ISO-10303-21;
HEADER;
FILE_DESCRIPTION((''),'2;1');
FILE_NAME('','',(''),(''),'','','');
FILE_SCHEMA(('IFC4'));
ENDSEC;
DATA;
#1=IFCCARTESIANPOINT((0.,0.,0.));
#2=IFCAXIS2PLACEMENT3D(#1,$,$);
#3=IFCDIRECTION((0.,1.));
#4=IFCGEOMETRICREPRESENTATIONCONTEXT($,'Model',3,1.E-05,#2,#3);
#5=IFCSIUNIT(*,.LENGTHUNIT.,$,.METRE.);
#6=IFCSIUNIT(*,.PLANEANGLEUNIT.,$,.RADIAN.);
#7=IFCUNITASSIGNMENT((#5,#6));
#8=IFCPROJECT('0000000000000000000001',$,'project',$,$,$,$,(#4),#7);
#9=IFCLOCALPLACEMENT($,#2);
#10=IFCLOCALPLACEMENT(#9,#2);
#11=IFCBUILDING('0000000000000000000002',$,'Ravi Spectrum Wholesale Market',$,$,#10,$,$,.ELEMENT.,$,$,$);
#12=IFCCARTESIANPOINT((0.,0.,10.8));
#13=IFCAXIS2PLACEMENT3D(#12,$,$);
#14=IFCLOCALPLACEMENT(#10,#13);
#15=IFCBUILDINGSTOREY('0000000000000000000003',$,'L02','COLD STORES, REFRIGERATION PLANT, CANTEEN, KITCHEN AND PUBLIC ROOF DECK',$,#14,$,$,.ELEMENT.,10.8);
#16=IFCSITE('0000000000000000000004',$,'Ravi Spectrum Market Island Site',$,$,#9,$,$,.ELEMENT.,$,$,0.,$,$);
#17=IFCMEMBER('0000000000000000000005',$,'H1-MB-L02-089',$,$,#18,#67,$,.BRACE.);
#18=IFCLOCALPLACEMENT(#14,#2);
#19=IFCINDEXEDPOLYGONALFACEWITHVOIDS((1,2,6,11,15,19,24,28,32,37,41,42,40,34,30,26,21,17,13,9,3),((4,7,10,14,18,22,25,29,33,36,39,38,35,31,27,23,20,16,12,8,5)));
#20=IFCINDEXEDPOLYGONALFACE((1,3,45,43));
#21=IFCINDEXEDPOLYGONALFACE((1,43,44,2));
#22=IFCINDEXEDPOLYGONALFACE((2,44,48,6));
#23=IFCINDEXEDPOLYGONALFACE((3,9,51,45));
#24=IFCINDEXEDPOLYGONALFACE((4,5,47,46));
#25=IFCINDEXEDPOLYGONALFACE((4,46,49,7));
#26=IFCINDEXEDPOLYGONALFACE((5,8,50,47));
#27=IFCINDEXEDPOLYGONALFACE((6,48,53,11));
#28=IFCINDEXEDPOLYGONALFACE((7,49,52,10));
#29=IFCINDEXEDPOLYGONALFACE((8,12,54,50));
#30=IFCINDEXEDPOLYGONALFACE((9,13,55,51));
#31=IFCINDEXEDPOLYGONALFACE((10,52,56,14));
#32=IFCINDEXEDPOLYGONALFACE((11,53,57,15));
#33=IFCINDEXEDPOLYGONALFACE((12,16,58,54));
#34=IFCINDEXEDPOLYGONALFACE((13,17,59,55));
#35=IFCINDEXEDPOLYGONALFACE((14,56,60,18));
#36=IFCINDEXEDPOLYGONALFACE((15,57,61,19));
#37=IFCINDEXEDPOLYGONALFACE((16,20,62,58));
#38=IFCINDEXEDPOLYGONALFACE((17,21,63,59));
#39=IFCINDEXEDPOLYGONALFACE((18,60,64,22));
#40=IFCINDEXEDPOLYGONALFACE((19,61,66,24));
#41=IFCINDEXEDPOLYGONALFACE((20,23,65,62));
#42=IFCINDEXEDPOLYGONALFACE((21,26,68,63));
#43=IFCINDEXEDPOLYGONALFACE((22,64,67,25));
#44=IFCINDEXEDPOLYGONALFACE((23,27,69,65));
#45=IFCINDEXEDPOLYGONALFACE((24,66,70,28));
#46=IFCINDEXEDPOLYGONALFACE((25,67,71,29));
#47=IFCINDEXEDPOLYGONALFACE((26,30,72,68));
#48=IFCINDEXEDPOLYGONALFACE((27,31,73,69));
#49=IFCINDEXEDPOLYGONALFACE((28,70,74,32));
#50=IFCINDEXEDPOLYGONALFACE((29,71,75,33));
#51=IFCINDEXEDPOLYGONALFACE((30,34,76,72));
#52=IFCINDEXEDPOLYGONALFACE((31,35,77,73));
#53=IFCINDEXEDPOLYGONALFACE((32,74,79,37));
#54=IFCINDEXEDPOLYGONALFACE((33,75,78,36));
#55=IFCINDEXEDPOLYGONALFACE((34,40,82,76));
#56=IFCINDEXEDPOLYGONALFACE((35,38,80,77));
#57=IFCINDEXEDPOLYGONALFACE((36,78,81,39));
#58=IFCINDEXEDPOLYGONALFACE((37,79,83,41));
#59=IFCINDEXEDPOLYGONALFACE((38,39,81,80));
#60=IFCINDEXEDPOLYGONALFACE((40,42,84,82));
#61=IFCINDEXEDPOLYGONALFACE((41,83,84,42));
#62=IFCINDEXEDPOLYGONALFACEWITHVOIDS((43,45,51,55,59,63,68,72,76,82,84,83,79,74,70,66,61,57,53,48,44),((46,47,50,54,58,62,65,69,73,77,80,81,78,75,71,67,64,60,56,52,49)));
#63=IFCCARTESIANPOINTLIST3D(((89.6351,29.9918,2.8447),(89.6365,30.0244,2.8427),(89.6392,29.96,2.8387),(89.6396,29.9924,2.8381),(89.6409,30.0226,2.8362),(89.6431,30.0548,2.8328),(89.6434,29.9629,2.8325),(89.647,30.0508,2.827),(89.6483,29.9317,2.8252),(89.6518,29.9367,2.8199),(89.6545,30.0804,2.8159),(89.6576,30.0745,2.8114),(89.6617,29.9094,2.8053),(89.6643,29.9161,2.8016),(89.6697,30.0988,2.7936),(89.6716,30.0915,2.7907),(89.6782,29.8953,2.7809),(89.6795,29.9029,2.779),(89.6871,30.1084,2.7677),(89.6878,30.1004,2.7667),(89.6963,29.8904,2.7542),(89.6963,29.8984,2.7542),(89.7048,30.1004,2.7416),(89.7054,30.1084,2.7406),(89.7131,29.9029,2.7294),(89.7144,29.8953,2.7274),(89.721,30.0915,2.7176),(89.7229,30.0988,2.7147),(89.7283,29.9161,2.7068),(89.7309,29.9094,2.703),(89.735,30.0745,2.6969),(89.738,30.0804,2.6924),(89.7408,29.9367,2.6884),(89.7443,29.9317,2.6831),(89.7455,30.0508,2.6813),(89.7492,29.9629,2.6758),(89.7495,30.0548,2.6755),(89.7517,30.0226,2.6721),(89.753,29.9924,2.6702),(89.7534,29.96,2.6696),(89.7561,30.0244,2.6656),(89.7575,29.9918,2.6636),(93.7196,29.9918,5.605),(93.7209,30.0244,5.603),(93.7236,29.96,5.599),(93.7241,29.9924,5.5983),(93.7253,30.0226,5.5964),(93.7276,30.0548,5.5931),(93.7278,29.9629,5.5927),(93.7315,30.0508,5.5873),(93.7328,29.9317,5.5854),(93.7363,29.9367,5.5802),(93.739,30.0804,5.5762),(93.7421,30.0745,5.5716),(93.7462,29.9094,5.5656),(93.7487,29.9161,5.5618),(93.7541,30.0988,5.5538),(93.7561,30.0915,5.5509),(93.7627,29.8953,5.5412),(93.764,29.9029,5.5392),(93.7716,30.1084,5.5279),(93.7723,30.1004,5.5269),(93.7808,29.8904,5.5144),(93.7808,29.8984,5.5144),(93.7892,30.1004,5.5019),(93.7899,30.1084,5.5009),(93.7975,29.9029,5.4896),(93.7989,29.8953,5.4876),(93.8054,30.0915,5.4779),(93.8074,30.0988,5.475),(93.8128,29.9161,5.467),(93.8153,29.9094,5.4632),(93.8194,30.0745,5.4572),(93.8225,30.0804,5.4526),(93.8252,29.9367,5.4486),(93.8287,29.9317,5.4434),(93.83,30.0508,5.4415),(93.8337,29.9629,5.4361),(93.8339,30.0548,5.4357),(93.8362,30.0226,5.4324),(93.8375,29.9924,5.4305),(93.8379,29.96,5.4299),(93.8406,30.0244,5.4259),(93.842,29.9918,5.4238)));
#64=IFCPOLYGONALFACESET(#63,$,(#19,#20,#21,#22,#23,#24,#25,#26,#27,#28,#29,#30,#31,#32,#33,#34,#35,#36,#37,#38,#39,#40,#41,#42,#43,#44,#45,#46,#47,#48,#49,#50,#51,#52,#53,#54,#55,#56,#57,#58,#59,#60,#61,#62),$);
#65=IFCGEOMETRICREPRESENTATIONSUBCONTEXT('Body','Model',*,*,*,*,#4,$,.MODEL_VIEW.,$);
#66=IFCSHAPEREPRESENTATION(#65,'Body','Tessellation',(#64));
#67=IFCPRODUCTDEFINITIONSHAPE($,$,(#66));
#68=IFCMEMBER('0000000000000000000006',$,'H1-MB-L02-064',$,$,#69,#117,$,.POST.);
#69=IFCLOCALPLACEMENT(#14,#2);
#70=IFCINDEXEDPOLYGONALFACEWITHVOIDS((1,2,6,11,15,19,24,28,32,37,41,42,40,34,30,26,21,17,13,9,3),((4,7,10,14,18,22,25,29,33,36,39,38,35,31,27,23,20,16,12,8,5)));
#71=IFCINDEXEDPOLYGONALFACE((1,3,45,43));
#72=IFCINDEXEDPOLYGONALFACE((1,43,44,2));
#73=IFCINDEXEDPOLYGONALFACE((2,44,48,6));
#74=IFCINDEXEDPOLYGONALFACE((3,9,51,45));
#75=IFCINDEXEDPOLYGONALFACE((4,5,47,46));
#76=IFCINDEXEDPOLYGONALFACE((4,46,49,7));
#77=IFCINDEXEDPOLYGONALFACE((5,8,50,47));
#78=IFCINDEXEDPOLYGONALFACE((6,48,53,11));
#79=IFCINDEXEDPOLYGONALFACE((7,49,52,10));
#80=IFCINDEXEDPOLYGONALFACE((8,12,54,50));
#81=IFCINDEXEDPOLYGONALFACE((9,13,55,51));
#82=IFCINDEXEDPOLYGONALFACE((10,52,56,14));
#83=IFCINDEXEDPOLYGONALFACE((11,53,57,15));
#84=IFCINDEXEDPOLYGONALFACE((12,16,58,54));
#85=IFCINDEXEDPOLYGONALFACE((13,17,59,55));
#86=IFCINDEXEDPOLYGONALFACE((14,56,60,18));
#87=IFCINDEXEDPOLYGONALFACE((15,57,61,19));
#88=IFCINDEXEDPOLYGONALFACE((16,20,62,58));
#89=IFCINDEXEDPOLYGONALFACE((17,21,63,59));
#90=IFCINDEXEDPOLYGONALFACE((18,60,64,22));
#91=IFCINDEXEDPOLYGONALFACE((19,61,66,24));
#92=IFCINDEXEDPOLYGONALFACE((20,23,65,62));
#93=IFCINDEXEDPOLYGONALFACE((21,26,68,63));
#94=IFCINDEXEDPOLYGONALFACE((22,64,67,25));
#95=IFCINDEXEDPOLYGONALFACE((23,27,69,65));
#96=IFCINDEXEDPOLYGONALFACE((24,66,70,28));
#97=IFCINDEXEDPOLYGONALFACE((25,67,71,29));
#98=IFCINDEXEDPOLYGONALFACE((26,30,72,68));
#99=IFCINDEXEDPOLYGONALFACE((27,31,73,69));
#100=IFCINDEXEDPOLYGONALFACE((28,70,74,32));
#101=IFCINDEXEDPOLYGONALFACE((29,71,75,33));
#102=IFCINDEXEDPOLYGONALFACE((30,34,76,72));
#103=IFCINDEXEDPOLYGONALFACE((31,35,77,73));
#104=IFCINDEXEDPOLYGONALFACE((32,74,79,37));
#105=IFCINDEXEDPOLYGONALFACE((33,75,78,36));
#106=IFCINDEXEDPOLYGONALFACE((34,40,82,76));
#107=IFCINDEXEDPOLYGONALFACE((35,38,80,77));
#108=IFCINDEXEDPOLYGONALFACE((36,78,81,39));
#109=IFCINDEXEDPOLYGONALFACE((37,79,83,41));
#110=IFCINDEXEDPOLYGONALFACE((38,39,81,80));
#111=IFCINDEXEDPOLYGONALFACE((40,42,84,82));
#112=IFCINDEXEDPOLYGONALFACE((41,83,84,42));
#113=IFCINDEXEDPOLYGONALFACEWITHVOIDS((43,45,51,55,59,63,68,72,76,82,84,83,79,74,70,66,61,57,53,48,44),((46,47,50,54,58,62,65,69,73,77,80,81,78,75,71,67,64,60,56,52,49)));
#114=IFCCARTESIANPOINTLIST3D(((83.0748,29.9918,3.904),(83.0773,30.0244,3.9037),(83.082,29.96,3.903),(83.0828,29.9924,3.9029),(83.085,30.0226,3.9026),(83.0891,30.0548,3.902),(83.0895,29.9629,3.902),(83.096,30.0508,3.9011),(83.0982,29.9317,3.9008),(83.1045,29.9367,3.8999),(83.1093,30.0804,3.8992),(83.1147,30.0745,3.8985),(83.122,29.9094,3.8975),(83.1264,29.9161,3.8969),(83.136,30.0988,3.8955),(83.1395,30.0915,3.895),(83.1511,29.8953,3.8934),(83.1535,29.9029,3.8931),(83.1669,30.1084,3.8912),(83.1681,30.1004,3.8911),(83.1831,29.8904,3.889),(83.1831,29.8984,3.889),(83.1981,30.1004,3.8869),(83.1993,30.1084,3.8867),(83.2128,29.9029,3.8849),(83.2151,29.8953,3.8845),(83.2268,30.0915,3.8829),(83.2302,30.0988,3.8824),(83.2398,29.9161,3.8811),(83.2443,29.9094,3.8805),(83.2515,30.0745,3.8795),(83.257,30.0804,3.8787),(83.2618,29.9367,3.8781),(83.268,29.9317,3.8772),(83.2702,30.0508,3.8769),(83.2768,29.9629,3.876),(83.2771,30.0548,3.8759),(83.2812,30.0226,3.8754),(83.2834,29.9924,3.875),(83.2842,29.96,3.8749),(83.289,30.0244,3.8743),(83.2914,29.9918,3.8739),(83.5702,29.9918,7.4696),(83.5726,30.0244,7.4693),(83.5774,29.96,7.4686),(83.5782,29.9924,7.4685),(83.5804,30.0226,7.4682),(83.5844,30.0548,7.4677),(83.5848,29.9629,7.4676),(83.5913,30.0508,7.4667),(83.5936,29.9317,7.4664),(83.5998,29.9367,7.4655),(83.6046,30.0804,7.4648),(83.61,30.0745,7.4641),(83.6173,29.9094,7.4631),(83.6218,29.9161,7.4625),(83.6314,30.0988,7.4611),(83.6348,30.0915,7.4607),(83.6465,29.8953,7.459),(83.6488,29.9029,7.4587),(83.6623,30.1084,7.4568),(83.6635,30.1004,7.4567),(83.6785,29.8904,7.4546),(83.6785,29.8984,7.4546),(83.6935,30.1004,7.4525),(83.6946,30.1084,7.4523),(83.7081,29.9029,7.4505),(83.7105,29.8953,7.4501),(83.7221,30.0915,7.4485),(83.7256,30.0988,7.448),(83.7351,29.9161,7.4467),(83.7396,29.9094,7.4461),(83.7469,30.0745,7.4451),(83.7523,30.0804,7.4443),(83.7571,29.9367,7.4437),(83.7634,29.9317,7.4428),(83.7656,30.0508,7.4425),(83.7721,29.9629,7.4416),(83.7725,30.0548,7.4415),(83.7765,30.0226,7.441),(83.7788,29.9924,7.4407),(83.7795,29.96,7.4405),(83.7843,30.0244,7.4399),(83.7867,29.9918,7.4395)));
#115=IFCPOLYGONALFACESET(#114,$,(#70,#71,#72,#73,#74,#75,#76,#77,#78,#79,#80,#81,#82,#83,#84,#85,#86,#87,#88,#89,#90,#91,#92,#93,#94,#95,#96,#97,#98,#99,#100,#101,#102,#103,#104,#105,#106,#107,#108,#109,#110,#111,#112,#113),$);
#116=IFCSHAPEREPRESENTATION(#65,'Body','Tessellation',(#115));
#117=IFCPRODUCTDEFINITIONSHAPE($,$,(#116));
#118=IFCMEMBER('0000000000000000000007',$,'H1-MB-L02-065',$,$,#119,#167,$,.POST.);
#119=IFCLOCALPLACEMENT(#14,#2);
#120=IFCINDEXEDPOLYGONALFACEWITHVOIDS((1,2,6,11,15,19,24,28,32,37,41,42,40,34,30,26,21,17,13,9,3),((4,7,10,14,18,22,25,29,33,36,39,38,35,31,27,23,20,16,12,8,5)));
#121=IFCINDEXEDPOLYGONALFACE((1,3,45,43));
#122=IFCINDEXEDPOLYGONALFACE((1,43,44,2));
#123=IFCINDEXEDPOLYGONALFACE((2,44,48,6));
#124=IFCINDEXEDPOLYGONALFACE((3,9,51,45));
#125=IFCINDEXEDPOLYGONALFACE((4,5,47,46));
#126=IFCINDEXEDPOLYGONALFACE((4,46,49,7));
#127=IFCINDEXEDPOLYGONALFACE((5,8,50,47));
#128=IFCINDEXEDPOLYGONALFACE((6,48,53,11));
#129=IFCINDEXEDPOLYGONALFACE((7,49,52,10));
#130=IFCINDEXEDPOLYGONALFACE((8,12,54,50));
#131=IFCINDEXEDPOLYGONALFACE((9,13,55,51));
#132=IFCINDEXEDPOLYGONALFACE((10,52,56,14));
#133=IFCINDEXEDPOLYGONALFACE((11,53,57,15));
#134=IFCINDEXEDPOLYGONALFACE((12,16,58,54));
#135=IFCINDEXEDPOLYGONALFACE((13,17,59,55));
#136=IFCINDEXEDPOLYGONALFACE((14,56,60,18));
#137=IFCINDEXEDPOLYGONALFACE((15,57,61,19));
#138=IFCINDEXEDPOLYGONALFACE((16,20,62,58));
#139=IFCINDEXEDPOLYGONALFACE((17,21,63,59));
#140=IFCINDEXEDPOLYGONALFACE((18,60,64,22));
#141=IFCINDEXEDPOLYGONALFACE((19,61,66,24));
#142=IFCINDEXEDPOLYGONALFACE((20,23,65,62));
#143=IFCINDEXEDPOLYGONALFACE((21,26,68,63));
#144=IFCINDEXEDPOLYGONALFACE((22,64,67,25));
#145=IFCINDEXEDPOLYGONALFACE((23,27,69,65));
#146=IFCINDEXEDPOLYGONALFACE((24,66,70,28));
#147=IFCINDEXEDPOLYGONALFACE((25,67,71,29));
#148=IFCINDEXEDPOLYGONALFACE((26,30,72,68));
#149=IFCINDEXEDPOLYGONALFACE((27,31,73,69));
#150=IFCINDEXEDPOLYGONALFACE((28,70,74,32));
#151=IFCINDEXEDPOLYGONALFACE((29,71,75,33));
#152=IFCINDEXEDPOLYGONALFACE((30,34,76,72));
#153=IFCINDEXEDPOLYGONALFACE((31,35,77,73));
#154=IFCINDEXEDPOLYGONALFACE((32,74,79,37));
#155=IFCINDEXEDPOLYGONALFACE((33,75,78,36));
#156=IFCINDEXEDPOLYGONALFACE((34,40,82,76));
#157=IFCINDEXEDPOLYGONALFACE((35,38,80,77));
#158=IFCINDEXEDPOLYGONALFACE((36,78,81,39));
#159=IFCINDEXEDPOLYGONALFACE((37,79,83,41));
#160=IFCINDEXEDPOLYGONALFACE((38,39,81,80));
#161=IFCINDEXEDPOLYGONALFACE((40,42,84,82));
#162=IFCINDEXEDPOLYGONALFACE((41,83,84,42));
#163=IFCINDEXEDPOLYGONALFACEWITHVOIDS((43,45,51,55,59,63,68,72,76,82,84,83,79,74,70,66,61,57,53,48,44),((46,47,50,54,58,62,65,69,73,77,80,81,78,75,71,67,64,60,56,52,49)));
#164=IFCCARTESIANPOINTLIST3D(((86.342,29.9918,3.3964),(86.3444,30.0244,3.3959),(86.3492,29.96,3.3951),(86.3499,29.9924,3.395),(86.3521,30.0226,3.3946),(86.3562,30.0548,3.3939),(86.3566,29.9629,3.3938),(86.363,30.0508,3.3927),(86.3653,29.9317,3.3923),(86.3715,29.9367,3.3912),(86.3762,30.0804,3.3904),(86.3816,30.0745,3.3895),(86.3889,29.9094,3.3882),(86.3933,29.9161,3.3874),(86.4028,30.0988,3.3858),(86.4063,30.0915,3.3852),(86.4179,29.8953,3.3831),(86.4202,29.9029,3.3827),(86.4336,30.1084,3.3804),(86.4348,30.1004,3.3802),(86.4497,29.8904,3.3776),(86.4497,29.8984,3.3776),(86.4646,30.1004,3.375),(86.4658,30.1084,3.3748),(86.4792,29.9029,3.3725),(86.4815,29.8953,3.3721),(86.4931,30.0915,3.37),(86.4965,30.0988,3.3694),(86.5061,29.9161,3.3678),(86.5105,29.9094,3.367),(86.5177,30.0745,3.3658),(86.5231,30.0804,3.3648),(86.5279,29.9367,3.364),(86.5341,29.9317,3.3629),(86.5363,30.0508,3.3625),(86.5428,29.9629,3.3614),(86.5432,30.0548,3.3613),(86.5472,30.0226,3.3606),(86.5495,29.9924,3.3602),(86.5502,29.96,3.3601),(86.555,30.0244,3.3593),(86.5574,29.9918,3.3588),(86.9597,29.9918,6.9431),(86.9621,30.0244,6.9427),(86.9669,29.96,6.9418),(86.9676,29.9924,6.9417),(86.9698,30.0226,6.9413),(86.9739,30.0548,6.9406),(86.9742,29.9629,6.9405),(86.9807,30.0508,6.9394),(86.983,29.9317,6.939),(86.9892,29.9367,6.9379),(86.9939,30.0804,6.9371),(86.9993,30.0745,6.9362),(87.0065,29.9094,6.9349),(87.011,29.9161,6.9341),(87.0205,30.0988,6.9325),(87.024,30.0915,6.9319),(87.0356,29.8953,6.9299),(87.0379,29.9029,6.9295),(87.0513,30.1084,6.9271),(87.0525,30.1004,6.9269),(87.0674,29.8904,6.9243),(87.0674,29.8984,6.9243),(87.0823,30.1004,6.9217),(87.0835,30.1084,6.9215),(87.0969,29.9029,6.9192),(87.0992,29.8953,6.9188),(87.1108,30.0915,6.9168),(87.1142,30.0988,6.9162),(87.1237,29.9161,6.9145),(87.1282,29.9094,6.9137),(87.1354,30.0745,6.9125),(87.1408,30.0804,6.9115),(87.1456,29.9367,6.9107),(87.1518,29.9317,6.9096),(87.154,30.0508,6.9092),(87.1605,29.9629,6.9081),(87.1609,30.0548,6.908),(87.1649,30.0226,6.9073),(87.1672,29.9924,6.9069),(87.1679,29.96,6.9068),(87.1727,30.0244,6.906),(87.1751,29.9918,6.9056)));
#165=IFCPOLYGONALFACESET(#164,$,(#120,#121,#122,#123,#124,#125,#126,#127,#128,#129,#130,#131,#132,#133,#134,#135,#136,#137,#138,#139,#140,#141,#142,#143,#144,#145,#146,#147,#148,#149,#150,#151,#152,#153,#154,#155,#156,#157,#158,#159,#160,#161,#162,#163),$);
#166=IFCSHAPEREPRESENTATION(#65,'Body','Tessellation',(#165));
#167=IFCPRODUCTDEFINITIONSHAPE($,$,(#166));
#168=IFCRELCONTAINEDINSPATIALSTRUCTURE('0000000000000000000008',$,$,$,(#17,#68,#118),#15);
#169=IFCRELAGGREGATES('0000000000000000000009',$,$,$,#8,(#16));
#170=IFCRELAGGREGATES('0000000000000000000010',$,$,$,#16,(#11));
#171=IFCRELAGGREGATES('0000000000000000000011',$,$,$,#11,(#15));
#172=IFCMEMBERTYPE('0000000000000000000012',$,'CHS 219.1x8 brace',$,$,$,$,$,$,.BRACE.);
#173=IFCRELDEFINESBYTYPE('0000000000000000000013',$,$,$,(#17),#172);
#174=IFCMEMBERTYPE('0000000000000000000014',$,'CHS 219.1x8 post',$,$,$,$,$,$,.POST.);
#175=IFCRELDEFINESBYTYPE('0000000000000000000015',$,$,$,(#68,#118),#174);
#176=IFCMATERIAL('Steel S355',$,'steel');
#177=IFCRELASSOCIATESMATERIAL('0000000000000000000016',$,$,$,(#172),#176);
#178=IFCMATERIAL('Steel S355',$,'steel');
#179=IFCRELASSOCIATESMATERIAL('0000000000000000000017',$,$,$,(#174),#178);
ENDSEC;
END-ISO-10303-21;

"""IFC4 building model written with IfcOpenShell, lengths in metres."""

from ifc_helpers import new_model, si_unit, direction, frame, origin, origin_2d, place, context, subcontext, project, spatial, hollow_circle, extrude, material, material_profile, profile_set, type_object, element, save


model = new_model("IFC4")

# Units and contexts
model_context = context("Model", 3, precision=1e-05, world=origin(), true_north=direction((0.0, 1.0)))
body_context = subcontext(model_context, "Body", "Model", "MODEL_VIEW")
ifc_project = project(units=[si_unit("LENGTHUNIT", "METRE"), si_unit("PLANEANGLEUNIT", "RADIAN")], contexts=[model_context])

# Site, building, storey
site_placement = place(None, origin())
site = spatial("IfcSite", under=ifc_project, at=site_placement, Name="Ravi Spectrum Market Island Site", CompositionType="ELEMENT", RefElevation=0.0)
building_placement = place(site_placement, origin())
building = spatial("IfcBuilding", under=site, at=building_placement, Name="Ravi Spectrum Wholesale Market", CompositionType="ELEMENT")
storey_placement = place(building_placement, frame((0.0, 0.0, 10.8)))
storey = spatial("IfcBuildingStorey", under=building, at=storey_placement, Name="L02", Description="COLD STORES, REFRIGERATION PLANT, CANTEEN, KITCHEN AND PUBLIC ROOF DECK", CompositionType="ELEMENT", Elevation=10.8)

# Members
ifc_material_1 = material(Name="Steel S355", Category="steel")
ifc_material_profile_1 = material_profile(ifc_material_1, hollow_circle(Radius=0.1096, WallThickness=0.0081, at=origin_2d()))
ifc_profile_set_1 = profile_set([ifc_material_profile_1], Name="Steel S355")
member_type_1 = type_object("IfcMemberType", Name="CHS 219.1x8 brace", PredefinedType="BRACE", material=ifc_profile_set_1)
member_1_placement = place(storey_placement, frame((93.7808, 30.0, 5.5144), z_axis=(-0.828544, 0.0, -0.559924), x_axis=(0.0, -1.0, 0.0)))
element("IfcMember", 1, at=member_1_placement, inside=storey, type_object=member_type_1, Name="H1-MB-L02-089", PredefinedType="BRACE", context=body_context, shape_type="SweptSolid", body=[
    extrude(hollow_circle(Radius=0.1096, WallThickness=0.0081, at=origin_2d()), origin(), (0.0, 0.0, 1.0), 4.9297),
])
ifc_material_2 = material(Name="Steel S355", Category="steel")
ifc_material_profile_2 = material_profile(ifc_material_2, hollow_circle(Radius=0.1096, WallThickness=0.0081, at=origin_2d()))
ifc_profile_set_2 = profile_set([ifc_material_profile_2], Name="Steel S355")
member_type_2 = type_object("IfcMemberType", Name="CHS 219.1x8 post", PredefinedType="POST", material=ifc_profile_set_2)
member_2_placement = place(storey_placement, frame((83.6785, 30.0, 7.4546), z_axis=(-0.137603, 0.0, -0.990487), x_axis=(0.0, -1.0, 0.0)))
element("IfcMember", 2, at=member_2_placement, inside=storey, type_object=member_type_2, Name="H1-MB-L02-064", PredefinedType="POST", context=body_context, shape_type="SweptSolid", body=[
    extrude(hollow_circle(Radius=0.1096, WallThickness=0.0081, at=origin_2d()), origin(), (0.0, 0.0, 1.0), 3.5999),
])
for number, where, z_axis, x_axis, name in (
    (3, (87.0674, 30.0, 6.9243), (-0.171576, 0.0, -0.985171), (0.0, -1.0, 0.0), "H1-MB-L02-065"),
):
    element("IfcMember", number, at=place(storey_placement, frame(where, z_axis=z_axis, x_axis=x_axis)), inside=storey, type_object=member_type_2, Name=name, PredefinedType="POST", context=body_context, shape_type="SweptSolid", body=[
        extrude(hollow_circle(Radius=0.1096, WallThickness=0.0081, at=origin_2d()), origin(), (0.0, 0.0, 1.0), 3.6001),
    ])

save(model, "model.ifc")
